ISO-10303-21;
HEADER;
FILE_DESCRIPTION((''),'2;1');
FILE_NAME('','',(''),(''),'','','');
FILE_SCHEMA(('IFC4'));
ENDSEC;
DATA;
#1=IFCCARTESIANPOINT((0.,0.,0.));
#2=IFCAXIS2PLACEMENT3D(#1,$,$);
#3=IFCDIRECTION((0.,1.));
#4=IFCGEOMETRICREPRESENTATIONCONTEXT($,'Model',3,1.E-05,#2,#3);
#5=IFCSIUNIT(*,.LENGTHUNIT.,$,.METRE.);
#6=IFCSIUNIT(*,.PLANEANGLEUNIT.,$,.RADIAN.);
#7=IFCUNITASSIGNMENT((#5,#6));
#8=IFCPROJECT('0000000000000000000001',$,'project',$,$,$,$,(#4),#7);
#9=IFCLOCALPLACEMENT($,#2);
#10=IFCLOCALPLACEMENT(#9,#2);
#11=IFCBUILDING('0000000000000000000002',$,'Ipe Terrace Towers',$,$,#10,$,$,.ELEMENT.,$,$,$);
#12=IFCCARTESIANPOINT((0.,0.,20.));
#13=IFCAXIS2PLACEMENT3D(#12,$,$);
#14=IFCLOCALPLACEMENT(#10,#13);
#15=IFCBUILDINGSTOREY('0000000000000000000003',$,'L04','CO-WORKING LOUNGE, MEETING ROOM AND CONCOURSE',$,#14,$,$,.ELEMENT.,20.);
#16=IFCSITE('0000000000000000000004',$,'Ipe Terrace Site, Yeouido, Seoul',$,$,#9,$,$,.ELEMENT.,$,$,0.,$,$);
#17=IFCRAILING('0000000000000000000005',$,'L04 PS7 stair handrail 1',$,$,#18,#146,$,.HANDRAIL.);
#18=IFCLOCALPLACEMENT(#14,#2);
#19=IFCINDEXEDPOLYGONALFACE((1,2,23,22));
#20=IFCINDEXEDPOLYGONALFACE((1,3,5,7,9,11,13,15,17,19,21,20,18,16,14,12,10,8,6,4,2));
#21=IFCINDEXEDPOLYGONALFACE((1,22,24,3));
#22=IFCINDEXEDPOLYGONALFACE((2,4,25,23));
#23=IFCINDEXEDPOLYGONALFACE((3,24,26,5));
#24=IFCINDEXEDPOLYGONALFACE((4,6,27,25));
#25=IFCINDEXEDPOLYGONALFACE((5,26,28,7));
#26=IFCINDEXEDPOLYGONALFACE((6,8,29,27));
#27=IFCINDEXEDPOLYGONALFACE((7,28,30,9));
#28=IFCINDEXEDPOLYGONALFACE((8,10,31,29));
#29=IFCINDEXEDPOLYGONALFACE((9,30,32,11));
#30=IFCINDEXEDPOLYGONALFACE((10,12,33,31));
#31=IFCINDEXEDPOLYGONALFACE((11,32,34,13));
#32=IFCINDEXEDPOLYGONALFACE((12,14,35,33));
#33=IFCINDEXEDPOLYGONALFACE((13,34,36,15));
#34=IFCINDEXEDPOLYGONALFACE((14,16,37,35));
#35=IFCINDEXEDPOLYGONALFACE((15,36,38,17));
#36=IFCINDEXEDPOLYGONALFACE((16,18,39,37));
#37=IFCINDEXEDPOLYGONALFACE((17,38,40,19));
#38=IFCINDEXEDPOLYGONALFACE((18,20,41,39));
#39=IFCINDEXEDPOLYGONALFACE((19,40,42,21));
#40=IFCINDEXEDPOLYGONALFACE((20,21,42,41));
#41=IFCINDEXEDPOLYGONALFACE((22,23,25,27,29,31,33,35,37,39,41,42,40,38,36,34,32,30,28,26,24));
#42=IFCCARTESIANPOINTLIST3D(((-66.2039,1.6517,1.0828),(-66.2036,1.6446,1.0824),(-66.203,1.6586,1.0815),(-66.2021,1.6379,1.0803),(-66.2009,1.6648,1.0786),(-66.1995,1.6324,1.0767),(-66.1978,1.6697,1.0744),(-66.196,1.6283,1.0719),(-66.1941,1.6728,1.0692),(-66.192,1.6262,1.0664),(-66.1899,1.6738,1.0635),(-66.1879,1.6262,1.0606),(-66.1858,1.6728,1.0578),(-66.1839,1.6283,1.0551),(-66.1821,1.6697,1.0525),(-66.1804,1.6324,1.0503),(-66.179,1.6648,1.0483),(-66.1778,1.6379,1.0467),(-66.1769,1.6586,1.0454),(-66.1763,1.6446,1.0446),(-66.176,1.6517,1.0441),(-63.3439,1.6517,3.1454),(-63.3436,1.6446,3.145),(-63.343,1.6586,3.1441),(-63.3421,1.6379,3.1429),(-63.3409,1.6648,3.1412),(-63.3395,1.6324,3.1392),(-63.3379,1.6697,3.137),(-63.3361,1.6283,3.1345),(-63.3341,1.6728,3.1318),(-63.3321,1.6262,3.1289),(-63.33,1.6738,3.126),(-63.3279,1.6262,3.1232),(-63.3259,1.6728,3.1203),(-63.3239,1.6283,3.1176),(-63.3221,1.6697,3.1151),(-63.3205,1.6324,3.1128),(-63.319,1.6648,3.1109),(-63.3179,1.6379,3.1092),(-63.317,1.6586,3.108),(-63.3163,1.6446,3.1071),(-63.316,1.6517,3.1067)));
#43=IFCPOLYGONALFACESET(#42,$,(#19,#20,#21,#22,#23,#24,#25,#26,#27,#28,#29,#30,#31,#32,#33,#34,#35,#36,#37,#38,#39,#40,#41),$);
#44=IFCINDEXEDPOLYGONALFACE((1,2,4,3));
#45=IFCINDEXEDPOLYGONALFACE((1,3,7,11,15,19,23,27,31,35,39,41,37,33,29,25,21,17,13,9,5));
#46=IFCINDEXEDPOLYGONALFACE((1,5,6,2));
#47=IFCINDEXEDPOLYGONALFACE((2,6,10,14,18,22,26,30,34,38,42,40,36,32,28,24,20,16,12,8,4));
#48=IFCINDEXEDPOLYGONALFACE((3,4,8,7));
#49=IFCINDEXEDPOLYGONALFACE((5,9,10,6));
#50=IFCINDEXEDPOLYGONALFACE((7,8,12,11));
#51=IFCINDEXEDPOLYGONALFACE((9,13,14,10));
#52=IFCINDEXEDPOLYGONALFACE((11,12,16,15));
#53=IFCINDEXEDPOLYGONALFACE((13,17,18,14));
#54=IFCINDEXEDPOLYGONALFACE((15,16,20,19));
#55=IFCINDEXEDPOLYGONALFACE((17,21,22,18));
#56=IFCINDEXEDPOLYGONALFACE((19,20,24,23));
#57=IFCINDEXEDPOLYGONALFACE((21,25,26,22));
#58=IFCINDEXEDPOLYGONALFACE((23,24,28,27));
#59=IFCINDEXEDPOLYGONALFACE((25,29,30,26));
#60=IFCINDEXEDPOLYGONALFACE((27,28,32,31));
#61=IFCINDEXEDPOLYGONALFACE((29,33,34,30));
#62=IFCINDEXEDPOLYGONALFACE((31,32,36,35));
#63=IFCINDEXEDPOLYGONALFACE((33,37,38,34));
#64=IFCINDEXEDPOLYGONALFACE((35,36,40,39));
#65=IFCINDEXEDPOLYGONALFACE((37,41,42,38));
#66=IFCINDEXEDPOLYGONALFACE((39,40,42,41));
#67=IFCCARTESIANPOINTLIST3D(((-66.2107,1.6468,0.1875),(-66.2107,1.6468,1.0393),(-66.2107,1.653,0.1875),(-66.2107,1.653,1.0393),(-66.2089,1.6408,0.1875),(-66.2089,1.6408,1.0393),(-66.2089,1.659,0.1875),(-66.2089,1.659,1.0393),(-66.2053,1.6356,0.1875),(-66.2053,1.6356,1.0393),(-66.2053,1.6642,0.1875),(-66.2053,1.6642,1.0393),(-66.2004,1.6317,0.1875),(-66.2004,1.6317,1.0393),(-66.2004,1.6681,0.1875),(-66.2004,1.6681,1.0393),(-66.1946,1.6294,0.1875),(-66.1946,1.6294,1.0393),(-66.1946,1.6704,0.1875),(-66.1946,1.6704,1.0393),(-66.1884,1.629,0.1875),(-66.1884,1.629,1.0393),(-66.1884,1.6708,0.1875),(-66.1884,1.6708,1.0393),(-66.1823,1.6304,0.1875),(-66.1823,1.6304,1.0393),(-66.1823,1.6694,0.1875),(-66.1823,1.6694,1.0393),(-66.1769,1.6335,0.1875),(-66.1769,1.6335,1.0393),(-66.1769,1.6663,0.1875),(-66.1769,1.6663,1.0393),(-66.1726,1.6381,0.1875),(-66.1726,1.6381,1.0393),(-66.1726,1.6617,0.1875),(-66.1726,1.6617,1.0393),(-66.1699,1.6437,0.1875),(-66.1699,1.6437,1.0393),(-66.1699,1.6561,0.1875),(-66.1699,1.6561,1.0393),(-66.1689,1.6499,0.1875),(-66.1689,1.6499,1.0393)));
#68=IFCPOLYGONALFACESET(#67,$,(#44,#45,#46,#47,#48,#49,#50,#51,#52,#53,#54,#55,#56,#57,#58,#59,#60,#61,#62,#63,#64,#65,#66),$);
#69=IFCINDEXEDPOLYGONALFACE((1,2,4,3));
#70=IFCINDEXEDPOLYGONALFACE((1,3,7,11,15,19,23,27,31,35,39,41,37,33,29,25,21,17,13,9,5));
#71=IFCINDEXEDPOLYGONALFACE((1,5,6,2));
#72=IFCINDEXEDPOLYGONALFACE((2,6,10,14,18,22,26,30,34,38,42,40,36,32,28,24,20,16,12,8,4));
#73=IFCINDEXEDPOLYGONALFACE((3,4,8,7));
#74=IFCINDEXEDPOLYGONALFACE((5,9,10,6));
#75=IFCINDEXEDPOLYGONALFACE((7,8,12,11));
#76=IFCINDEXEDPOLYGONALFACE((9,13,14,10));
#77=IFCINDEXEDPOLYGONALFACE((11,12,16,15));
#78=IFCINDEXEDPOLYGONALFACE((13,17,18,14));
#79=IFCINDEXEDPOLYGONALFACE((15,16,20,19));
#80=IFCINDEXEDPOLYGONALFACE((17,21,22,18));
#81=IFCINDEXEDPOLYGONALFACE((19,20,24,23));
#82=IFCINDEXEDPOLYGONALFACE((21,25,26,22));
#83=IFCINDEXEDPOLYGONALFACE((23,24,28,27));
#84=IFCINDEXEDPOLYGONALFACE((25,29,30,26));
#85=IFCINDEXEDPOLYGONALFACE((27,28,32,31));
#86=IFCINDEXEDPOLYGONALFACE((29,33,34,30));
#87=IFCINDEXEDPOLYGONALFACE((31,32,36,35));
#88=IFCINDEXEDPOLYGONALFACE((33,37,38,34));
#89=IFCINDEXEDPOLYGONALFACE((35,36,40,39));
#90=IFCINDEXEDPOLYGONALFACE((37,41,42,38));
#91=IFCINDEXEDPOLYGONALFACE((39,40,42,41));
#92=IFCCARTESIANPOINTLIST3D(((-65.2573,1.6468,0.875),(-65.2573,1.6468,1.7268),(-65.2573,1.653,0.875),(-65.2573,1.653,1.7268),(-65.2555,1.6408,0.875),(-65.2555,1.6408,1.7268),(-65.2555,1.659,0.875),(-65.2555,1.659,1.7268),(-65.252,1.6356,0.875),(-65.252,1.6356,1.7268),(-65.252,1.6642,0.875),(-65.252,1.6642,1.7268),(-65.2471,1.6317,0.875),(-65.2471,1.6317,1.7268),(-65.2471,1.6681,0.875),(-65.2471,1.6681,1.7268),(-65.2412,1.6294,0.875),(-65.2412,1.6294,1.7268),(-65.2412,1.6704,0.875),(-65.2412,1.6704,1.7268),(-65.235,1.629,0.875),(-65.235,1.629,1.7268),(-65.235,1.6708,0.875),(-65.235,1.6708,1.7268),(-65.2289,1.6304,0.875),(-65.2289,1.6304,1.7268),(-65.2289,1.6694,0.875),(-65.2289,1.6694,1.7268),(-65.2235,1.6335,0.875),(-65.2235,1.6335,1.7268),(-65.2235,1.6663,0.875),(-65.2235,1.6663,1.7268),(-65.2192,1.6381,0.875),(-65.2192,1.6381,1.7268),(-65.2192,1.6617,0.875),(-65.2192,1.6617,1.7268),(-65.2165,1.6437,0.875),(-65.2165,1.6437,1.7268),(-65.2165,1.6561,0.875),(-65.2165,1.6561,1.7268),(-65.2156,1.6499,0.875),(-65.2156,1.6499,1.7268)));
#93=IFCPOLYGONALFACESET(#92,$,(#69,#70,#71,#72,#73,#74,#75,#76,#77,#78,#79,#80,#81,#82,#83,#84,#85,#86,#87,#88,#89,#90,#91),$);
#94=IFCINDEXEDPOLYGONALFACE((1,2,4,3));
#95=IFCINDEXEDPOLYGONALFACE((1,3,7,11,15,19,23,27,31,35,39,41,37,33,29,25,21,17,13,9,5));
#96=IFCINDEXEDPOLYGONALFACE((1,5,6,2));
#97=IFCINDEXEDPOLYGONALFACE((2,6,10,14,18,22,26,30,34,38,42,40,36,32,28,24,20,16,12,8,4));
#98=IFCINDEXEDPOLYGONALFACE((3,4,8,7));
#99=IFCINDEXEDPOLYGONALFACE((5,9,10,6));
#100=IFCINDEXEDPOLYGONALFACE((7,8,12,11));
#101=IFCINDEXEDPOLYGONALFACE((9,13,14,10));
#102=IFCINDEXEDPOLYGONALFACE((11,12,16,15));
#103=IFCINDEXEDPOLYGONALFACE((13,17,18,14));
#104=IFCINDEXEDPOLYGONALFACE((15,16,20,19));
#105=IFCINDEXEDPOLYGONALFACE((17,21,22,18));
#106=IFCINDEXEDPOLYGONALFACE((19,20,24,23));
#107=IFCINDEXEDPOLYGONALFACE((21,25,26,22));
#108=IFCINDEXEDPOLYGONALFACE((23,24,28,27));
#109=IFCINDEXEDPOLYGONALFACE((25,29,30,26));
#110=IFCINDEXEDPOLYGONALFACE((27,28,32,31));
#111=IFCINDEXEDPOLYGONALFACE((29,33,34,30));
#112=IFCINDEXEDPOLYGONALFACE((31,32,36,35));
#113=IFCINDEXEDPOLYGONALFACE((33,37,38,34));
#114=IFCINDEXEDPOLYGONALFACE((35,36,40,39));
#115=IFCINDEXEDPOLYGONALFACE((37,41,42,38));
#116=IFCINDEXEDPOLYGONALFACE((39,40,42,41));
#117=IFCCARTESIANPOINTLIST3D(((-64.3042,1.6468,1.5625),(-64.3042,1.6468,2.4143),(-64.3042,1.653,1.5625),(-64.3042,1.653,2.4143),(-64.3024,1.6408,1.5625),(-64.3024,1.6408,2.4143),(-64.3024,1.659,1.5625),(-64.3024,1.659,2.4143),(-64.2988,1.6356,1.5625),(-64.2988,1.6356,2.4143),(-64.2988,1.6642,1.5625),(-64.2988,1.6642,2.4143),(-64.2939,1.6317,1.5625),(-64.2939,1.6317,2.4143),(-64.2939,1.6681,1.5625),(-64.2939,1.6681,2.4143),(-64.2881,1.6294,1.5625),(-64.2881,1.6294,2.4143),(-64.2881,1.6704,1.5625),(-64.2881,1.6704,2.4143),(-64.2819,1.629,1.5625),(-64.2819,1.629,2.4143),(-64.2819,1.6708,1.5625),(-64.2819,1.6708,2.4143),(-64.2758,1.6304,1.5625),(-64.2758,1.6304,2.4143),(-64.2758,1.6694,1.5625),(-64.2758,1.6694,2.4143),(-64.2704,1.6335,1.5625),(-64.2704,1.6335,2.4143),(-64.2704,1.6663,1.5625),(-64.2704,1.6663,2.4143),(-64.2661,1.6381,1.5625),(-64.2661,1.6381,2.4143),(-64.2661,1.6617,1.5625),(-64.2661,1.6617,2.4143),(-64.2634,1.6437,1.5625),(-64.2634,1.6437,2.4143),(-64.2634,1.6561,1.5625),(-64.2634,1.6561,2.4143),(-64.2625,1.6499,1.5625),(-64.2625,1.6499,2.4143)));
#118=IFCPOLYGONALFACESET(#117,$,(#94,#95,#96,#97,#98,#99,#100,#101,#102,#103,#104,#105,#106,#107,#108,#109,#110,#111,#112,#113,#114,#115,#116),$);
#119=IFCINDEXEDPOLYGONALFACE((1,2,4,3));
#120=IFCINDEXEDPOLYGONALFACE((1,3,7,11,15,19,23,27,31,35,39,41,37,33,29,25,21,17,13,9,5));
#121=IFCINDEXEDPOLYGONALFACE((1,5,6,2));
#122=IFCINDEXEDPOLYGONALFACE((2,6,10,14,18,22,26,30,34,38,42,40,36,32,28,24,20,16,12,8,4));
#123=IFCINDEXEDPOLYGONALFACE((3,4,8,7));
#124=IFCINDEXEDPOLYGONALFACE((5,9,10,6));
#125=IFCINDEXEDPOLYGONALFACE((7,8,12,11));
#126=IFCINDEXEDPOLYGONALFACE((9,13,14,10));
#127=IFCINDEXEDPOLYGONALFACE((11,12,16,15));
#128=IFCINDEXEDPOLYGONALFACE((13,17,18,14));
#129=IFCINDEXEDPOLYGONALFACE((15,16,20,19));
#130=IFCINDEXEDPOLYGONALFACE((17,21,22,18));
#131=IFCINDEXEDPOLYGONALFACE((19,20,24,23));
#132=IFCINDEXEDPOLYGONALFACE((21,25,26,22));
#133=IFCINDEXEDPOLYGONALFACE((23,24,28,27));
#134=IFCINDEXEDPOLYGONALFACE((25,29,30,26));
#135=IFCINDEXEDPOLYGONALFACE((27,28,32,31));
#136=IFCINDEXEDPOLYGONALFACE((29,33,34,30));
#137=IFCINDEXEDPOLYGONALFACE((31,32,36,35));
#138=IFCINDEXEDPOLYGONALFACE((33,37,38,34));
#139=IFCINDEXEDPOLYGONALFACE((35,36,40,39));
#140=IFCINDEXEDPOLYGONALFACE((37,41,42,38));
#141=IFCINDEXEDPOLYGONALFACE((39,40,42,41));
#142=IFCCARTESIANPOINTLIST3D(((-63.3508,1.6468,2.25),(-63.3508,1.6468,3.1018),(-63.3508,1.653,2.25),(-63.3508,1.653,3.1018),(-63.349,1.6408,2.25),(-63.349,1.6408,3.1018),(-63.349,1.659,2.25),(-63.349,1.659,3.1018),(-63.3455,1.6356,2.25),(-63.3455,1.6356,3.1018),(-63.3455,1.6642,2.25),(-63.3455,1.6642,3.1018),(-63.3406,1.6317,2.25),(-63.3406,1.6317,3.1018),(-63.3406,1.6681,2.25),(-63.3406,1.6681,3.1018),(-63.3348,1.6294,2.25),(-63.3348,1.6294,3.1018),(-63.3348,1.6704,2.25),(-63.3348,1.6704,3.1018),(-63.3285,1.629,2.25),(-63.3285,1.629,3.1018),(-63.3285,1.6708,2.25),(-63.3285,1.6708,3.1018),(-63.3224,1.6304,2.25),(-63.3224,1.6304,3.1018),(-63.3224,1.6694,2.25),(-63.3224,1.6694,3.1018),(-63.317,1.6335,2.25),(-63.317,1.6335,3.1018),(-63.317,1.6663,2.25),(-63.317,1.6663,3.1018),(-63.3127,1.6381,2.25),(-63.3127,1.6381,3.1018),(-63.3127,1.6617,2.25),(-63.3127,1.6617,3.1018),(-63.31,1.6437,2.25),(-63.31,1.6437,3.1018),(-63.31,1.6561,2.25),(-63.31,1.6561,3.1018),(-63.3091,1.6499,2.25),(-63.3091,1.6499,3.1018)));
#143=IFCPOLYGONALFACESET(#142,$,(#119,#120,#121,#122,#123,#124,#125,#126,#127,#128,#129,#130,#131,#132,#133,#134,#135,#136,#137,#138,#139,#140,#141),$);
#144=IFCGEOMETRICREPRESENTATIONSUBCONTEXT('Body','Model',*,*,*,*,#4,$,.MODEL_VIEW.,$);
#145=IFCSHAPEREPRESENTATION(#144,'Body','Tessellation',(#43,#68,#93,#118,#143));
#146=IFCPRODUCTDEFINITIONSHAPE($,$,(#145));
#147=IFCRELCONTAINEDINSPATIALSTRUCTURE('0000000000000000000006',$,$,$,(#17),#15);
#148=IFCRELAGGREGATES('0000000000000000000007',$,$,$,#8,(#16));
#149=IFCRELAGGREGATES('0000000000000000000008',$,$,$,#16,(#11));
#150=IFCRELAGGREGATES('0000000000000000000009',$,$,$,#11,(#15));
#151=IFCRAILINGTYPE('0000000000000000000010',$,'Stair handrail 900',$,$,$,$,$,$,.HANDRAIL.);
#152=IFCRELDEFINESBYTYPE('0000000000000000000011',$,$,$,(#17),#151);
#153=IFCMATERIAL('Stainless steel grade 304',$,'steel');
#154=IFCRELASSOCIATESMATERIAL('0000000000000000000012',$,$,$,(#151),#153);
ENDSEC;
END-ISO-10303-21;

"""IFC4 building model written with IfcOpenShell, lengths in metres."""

from ifc_helpers import new_model, si_unit, direction, frame, origin, origin_2d, place, context, subcontext, project, spatial, circle, extrude, material, type_object, element, save


model = new_model("IFC4")

# Units and contexts
model_context = context("Model", 3, precision=1e-05, world=origin(), true_north=direction((0.0, 1.0)))
body_context = subcontext(model_context, "Body", "Model", "MODEL_VIEW")
ifc_project = project(units=[si_unit("LENGTHUNIT", "METRE"), si_unit("PLANEANGLEUNIT", "RADIAN")], contexts=[model_context])

# Site, building, storey
site_placement = place(None, origin())
site = spatial("IfcSite", under=ifc_project, at=site_placement, Name="Ipe Terrace Site, Yeouido, Seoul", CompositionType="ELEMENT", RefElevation=0.0)
building_placement = place(site_placement, origin())
building = spatial("IfcBuilding", under=site, at=building_placement, Name="Ipe Terrace Towers", CompositionType="ELEMENT")
storey_placement = place(building_placement, frame((0.0, 0.0, 20.0)))
storey = spatial("IfcBuildingStorey", under=building, at=storey_placement, Name="L04", Description="CO-WORKING LOUNGE, MEETING ROOM AND CONCOURSE", CompositionType="ELEMENT", Elevation=20.0)

# Railing
ifc_material_1 = material(Name="Stainless steel grade 304", Category="steel")
railing_type_1 = type_object("IfcRailingType", Name="Stair handrail 900", PredefinedType="HANDRAIL", material=ifc_material_1)
railing_1_placement = place(storey_placement, frame((-66.1899, 1.6499, 0.1875)))
element("IfcRailing", 1, at=railing_1_placement, inside=storey, type_object=railing_type_1, Name="L04 PS7 stair handrail 1", PredefinedType="HANDRAIL", context=body_context, shape_type="SweptSolid", body=[
    extrude(circle(Radius=0.0239, at=origin_2d()), frame((0.0, 0.0, 0.876), z_axis=(0.811077, 0.0, 0.584939), x_axis=(0.0, 1.0, 0.0)), (0.0, 0.0, 1.0), 3.5261),
    extrude(circle(Radius=0.021, at=origin_2d()), origin(), (0.0, 0.0, 1.0), 0.8518),
    extrude(circle(Radius=0.021, at=origin_2d()), frame((0.9534, 0.0, 0.6875)), (0.0, 0.0, 1.0), 0.8518),
    extrude(circle(Radius=0.021, at=origin_2d()), frame((1.9065, 0.0, 1.375)), (0.0, 0.0, 1.0), 0.8518),
    extrude(circle(Radius=0.021, at=origin_2d()), frame((2.8599, 0.0, 2.0625)), (0.0, 0.0, 1.0), 0.8518),
])

save(model, "model.ifc")
